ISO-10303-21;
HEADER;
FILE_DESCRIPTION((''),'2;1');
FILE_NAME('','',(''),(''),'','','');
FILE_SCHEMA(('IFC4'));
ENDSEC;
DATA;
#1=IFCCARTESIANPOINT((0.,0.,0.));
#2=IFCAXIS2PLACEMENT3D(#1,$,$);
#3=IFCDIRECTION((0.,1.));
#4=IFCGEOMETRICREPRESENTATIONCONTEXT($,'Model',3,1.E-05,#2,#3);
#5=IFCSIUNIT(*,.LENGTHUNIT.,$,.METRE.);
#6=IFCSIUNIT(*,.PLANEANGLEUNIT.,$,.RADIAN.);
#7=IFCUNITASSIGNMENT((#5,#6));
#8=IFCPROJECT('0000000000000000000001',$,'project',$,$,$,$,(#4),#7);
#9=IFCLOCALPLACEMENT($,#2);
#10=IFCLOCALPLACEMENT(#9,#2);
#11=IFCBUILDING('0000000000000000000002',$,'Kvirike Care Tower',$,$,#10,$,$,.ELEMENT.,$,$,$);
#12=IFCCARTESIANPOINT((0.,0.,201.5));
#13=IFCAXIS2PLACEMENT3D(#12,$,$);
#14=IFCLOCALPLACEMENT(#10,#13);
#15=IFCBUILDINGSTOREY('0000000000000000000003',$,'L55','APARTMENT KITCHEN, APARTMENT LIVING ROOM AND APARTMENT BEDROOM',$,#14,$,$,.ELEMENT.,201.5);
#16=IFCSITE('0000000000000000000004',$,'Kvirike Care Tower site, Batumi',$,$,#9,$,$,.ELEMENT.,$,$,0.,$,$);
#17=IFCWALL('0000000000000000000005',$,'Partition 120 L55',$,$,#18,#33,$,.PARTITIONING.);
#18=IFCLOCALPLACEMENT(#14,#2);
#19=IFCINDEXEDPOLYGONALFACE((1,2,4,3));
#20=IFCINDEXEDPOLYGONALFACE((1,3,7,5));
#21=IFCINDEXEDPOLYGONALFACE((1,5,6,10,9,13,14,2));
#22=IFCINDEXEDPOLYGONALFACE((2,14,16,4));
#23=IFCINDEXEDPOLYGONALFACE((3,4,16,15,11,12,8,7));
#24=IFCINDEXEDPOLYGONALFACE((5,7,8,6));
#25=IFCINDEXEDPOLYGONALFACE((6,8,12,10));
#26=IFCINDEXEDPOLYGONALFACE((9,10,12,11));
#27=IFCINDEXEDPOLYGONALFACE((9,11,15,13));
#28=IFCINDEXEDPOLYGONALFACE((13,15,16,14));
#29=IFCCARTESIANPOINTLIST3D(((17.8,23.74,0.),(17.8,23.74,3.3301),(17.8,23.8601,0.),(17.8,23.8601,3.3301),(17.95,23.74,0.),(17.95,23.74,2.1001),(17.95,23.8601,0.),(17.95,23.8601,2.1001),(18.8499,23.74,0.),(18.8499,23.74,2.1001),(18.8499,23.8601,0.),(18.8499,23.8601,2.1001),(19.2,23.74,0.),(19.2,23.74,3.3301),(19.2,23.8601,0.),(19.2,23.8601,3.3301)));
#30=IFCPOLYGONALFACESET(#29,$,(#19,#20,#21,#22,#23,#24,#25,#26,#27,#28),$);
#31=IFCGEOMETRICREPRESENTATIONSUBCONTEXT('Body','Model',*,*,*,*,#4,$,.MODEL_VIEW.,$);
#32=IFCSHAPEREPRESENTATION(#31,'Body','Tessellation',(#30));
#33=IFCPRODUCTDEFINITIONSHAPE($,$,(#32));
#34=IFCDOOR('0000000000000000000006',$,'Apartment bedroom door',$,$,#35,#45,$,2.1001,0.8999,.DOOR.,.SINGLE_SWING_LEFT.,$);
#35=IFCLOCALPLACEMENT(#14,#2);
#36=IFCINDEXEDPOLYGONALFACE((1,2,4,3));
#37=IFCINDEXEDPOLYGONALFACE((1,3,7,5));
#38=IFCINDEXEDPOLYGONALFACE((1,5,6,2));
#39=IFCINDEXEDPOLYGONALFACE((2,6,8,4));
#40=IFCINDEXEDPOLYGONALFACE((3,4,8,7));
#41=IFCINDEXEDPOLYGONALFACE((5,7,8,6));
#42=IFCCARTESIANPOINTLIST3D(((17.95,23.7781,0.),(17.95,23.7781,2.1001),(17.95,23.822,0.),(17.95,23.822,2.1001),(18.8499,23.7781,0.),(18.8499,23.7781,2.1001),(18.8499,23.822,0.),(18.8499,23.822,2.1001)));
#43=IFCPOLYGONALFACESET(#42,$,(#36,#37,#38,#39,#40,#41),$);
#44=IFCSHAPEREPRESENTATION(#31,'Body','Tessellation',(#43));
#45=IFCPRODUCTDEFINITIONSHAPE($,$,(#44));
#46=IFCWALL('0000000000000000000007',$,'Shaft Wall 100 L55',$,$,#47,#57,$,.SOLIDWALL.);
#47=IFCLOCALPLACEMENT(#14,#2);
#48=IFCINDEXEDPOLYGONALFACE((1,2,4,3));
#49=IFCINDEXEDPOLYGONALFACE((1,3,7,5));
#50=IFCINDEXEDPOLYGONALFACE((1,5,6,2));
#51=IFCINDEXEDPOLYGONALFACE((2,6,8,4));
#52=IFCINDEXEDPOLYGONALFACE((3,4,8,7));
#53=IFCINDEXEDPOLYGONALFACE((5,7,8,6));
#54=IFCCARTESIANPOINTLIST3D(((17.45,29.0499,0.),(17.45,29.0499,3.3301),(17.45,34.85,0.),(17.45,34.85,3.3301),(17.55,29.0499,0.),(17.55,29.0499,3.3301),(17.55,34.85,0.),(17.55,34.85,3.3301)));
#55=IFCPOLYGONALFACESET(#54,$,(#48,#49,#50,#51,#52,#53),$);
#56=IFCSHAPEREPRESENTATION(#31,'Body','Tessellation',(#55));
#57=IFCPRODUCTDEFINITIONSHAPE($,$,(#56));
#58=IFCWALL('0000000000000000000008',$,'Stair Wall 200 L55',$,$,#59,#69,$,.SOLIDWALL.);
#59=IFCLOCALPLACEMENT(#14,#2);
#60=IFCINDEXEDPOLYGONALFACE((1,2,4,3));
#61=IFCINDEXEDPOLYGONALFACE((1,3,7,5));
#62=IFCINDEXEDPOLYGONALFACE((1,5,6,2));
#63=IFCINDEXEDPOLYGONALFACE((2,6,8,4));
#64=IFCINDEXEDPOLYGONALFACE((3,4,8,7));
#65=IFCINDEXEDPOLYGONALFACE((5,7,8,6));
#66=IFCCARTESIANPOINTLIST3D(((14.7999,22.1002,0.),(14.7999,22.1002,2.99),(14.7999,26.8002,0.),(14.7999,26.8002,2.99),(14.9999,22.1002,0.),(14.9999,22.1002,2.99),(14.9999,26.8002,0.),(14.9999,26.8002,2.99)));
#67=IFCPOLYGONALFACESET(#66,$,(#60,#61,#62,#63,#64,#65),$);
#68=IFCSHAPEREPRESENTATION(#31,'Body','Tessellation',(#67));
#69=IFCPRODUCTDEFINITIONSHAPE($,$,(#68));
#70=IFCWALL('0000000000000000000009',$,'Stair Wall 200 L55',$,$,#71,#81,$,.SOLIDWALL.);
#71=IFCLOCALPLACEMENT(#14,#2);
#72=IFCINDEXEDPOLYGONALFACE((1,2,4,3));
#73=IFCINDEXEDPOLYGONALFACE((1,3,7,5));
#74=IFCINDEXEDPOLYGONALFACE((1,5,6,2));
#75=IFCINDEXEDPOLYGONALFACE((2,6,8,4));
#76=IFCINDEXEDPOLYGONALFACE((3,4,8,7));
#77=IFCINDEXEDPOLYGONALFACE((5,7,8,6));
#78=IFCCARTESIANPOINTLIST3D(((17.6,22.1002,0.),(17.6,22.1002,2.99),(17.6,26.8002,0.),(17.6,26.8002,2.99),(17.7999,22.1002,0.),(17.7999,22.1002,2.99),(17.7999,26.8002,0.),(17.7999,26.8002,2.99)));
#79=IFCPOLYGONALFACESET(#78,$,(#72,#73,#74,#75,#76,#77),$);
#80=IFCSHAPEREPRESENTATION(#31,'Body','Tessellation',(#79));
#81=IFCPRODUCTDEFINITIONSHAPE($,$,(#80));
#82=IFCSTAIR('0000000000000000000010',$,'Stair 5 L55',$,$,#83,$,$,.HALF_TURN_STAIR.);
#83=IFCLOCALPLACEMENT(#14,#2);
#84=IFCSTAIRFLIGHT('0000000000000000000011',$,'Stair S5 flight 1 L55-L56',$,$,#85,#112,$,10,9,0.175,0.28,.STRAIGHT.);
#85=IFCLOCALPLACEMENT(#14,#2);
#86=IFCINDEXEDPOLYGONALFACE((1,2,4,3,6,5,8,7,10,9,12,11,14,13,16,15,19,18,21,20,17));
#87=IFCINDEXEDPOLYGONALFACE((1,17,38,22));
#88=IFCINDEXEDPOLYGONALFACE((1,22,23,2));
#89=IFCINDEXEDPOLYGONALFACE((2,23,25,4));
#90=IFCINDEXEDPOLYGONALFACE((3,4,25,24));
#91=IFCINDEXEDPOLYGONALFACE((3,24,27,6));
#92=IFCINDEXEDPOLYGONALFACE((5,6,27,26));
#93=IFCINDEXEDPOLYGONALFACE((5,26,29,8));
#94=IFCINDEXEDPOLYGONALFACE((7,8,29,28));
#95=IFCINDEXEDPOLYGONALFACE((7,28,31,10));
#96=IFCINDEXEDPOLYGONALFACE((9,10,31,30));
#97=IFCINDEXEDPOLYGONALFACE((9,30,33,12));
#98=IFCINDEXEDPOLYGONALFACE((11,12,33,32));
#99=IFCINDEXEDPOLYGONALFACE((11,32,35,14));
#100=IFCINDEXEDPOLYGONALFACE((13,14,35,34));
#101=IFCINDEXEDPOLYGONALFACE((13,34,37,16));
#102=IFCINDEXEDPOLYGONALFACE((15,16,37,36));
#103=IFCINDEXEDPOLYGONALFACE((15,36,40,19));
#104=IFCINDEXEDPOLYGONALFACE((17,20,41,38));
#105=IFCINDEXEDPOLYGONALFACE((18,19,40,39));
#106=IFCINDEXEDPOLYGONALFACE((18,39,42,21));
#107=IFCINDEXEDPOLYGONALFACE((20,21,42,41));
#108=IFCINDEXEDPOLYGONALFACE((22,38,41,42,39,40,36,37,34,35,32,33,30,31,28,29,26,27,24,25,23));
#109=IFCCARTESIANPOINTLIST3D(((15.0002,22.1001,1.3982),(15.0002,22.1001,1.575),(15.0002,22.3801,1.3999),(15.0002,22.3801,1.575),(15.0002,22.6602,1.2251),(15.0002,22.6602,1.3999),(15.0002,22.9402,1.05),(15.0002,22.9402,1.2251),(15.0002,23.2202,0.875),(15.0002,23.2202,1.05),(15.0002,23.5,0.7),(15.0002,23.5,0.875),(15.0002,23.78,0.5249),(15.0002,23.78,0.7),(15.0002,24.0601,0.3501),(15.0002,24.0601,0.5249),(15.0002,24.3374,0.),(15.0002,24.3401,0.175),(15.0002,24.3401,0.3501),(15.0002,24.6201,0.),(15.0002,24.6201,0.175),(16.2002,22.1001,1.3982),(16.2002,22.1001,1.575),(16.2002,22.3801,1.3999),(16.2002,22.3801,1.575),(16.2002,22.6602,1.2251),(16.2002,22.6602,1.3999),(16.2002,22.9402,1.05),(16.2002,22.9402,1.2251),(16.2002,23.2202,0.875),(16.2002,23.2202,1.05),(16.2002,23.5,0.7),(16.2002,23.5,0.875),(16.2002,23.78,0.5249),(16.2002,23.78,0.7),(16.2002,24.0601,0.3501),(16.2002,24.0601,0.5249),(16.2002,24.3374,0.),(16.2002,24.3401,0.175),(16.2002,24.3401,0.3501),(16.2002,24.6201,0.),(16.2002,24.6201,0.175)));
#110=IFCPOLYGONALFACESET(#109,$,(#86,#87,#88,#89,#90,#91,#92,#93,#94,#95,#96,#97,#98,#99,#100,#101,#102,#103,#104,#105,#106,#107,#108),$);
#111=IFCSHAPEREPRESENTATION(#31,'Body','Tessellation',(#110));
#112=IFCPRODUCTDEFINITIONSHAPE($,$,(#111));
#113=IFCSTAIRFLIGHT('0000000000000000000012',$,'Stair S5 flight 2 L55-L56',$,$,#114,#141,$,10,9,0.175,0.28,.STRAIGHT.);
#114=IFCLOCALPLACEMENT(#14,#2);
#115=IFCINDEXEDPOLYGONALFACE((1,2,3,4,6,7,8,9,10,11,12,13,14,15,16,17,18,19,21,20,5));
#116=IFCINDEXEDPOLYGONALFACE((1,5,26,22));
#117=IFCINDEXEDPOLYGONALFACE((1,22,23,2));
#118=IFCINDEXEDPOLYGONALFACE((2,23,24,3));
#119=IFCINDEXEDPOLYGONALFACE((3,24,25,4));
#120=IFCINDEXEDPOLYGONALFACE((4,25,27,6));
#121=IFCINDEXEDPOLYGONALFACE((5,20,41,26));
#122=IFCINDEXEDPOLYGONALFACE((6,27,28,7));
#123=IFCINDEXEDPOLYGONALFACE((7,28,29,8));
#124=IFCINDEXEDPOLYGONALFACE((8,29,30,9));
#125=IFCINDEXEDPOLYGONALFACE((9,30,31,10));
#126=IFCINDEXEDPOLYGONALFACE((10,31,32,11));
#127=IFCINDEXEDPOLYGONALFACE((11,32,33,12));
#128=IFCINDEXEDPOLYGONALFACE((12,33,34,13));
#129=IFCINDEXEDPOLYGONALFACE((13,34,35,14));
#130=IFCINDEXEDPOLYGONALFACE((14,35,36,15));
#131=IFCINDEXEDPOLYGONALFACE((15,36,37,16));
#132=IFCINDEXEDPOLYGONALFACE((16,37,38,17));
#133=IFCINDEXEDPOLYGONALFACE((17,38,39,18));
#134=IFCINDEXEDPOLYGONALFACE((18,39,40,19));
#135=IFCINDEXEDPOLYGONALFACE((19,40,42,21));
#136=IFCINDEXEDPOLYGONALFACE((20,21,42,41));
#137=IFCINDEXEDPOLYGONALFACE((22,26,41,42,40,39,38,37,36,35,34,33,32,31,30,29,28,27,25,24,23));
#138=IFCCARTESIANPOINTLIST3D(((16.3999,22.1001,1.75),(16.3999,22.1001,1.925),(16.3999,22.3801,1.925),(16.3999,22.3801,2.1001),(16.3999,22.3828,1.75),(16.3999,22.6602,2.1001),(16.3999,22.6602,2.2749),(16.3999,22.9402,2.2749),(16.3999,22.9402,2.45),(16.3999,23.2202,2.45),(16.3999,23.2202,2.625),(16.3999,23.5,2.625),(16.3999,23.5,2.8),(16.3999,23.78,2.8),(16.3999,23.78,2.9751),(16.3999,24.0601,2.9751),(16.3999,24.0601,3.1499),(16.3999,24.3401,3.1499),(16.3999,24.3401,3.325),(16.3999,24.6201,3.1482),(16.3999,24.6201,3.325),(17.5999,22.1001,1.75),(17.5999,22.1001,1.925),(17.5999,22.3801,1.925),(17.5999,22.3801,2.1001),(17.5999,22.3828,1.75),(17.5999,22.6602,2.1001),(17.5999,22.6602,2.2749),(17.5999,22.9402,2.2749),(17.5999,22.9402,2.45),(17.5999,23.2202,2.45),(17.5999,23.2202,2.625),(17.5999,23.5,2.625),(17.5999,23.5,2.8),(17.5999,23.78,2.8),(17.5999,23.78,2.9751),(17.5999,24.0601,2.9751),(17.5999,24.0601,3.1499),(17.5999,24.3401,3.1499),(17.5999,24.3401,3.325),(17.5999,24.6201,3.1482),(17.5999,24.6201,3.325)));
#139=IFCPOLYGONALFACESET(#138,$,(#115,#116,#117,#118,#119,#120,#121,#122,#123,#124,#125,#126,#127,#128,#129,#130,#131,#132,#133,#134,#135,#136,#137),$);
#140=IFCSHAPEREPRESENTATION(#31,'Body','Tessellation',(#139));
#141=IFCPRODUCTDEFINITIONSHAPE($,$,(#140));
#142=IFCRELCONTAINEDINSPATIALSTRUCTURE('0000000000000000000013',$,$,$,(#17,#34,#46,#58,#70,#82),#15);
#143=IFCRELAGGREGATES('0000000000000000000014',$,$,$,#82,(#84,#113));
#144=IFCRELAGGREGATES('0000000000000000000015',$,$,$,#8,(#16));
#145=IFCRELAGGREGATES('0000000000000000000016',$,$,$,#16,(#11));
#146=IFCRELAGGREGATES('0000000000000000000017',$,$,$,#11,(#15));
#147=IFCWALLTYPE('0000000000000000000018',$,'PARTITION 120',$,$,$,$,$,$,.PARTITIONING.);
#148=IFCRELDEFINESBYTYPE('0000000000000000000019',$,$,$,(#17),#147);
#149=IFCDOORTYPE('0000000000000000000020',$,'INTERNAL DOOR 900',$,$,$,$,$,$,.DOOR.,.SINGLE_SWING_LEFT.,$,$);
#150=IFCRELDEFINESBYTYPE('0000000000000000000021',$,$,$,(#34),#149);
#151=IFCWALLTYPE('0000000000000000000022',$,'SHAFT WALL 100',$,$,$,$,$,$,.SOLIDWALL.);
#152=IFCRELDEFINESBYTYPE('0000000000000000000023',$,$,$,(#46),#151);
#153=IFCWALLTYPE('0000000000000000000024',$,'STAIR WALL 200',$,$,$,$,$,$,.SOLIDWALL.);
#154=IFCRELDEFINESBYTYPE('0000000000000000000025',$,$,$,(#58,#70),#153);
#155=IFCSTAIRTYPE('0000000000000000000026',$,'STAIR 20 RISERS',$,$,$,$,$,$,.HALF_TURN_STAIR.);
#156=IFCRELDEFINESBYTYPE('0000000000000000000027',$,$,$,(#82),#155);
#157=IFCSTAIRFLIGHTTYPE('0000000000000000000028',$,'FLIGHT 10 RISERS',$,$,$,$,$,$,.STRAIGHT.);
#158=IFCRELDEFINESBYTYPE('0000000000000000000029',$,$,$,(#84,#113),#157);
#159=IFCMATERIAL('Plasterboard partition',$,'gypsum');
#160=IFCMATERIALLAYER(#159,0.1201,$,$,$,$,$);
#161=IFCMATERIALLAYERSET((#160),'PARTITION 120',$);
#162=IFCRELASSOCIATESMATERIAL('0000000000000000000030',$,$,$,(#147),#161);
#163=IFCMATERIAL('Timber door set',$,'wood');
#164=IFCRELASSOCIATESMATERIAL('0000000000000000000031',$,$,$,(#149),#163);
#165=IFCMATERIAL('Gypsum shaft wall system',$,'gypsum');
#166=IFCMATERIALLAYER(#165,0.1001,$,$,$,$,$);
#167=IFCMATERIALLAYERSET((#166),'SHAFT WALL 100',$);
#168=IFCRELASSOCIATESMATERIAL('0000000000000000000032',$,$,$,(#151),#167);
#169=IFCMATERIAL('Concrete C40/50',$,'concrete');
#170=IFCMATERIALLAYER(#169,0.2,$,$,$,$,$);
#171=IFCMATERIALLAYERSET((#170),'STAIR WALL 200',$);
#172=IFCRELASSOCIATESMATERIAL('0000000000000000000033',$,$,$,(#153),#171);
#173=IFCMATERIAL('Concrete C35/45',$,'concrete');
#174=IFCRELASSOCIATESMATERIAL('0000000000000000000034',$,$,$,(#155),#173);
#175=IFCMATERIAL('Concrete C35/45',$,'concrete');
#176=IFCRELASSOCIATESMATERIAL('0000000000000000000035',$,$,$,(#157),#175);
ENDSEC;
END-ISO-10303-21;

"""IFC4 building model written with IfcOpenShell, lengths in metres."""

from ifc_helpers import new_model, si_unit, direction, frame, frame_2d, origin, place, context, subcontext, project, spatial, polyline, rectangle, outline, extrude, material, layer, layer_set, type_object, element, fill, aggregate, save


model = new_model("IFC4")

# Units and contexts
model_context = context("Model", 3, precision=1e-05, world=origin(), true_north=direction((0.0, 1.0)))
body_context = subcontext(model_context, "Body", "Model", "MODEL_VIEW")
ifc_project = project(units=[si_unit("LENGTHUNIT", "METRE"), si_unit("PLANEANGLEUNIT", "RADIAN")], contexts=[model_context])

# Site, building, storey
site_placement = place(None, origin())
site = spatial("IfcSite", under=ifc_project, at=site_placement, Name="Kvirike Care Tower site, Batumi", CompositionType="ELEMENT", RefElevation=0.0)
building_placement = place(site_placement, origin())
building = spatial("IfcBuilding", under=site, at=building_placement, Name="Kvirike Care Tower", CompositionType="ELEMENT")
storey_placement = place(building_placement, frame((0.0, 0.0, 201.5)))
storey = spatial("IfcBuildingStorey", under=building, at=storey_placement, Name="L55", Description="APARTMENT KITCHEN, APARTMENT LIVING ROOM AND APARTMENT BEDROOM", CompositionType="ELEMENT", Elevation=201.5)

# Wall, opening, door
ifc_material_1 = material(Name="Plasterboard partition", Category="gypsum")
ifc_layer_1 = layer(ifc_material_1, 0.1201)
ifc_layer_set_1 = layer_set([ifc_layer_1], Name="PARTITION 120")
wall_type_1 = type_object("IfcWallType", Name="PARTITION 120", PredefinedType="PARTITIONING", material=ifc_layer_set_1)
wall_1_placement = place(storey_placement, frame((17.8, 23.8, 0.0), z_axis=(0.0, 0.0, 1.0), x_axis=(1.0, 0.0, 0.0)))
wall_1 = element("IfcWall", 1, at=wall_1_placement, inside=storey, type_object=wall_type_1, Name="Partition 120 L55", PredefinedType="PARTITIONING", context=body_context, shape_type="SweptSolid", body=[
    extrude(rectangle(XDim=1.3999, YDim=0.1201, at=frame_2d((0.7, 0.0))), origin(), (0.0, 0.0, 1.0), 3.3301),
])
opening_1_placement = place(wall_1_placement, frame((0.1499, 0.0, 0.0)))
opening_1 = element("IfcOpeningElement", 2, at=opening_1_placement, cuts=wall_1, PredefinedType="OPENING", context=body_context, shape_type="SweptSolid", body=[
    extrude(rectangle(XDim=0.8999, YDim=2.1001, at=frame_2d((0.45, 1.05))), frame((0.0, 0.0706, 0.0), z_axis=(0.0, -1.0, 0.0), x_axis=(1.0, 0.0, 0.0)), (0.0, 0.0, 1.0), 0.1411),
])
ifc_material_2 = material(Name="Timber door set", Category="wood")
door_type_1 = type_object("IfcDoorType", Name="INTERNAL DOOR 900", OperationType="SINGLE_SWING_LEFT", PredefinedType="DOOR", material=ifc_material_2)
door_1_placement = place(opening_1_placement, frame((0.8999, 0.0, 0.0), z_axis=(0.0, 0.0, 1.0), x_axis=(-1.0, 0.0, 0.0)))
door_1 = element("IfcDoor", 3, at=door_1_placement, inside=storey, type_object=door_type_1, Name="Apartment bedroom door", OperationType="SINGLE_SWING_LEFT", OverallHeight=2.1001, OverallWidth=0.8999, PredefinedType="DOOR", context=body_context, shape_type="SweptSolid", body=[
    extrude(rectangle(XDim=0.8999, YDim=2.1001, at=frame_2d((0.45, 1.05))), frame((0.0, 0.022, 0.0), z_axis=(0.0, -1.0, 0.0), x_axis=(1.0, 0.0, 0.0)), (0.0, 0.0, 1.0), 0.0439),
])
fill(opening_1, door_1)

# Walls
ifc_material_3 = material(Name="Gypsum shaft wall system", Category="gypsum")
ifc_layer_2 = layer(ifc_material_3, 0.1001)
ifc_layer_set_2 = layer_set([ifc_layer_2], Name="SHAFT WALL 100")
wall_type_2 = type_object("IfcWallType", Name="SHAFT WALL 100", PredefinedType="SOLIDWALL", material=ifc_layer_set_2)
wall_2_placement = place(storey_placement, frame((17.5, 29.05, 0.0), z_axis=(0.0, 0.0, 1.0), x_axis=(0.0, 1.0, 0.0)))
element("IfcWall", 4, at=wall_2_placement, inside=storey, type_object=wall_type_2, Name="Shaft Wall 100 L55", PredefinedType="SOLIDWALL", context=body_context, shape_type="SweptSolid", body=[
    extrude(rectangle(XDim=5.8, YDim=0.1001, at=frame_2d((2.8999, 0.0))), origin(), (0.0, 0.0, 1.0), 3.3301),
])
ifc_material_4 = material(Name="Concrete C40/50", Category="concrete")
ifc_layer_3 = layer(ifc_material_4, 0.2)
ifc_layer_set_3 = layer_set([ifc_layer_3], Name="STAIR WALL 200")
wall_type_3 = type_object("IfcWallType", Name="STAIR WALL 200", PredefinedType="SOLIDWALL", material=ifc_layer_set_3)
for number, where, z_axis, x_axis, name in (
    (5, (14.8999, 22.1001, 0.0), (0.0, 0.0, 1.0), (0.0, 1.0, 0.0), "Stair Wall 200 L55"),
    (6, (17.7, 22.1001, 0.0), (0.0, 0.0, 1.0), (0.0, 1.0, 0.0), "Stair Wall 200 L55"),
):
    element("IfcWall", number, at=place(storey_placement, frame(where, z_axis=z_axis, x_axis=x_axis)), inside=storey, type_object=wall_type_3, Name=name, PredefinedType="SOLIDWALL", context=body_context, shape_type="SweptSolid", body=[
        extrude(rectangle(XDim=4.7, YDim=0.2, at=frame_2d((2.3501, 0.0))), origin(), (0.0, 0.0, 1.0), 2.99),
    ])

# Stair, stair flights
ifc_material_5 = material(Name="Concrete C35/45", Category="concrete")
stair_type = type_object("IfcStairType", Name="STAIR 20 RISERS", PredefinedType="HALF_TURN_STAIR", material=ifc_material_5)
stair_placement = place(storey_placement, origin())
stair = element("IfcStair", 7, at=stair_placement, inside=storey, type_object=stair_type, Name="Stair 5 L55", PredefinedType="HALF_TURN_STAIR")
ifc_material_6 = material(Name="Concrete C35/45", Category="concrete")
stair_flight_type = type_object("IfcStairFlightType", Name="FLIGHT 10 RISERS", PredefinedType="STRAIGHT", material=ifc_material_6)
stair_flight_1_placement = place(storey_placement, frame((15.6001, 24.6201, 0.0), z_axis=(0.0, 0.0, 1.0), x_axis=(0.0, -1.0, 0.0)))
stair_flight_1 = element("IfcStairFlight", 8, at=stair_flight_1_placement, type_object=stair_flight_type, Name="Stair S5 flight 1 L55-L56", NumberOfRisers=10, NumberOfTreads=9, PredefinedType="STRAIGHT", RiserHeight=0.175, TreadLength=0.28, context=body_context, shape_type="SweptSolid", body=[
    extrude(outline(polyline([(0.0, 0.0), (0.0, 0.175), (0.28, 0.175), (0.28, 0.3501), (0.5601, 0.3501), (0.5601, 0.5249), (0.8401, 0.5249), (0.8401, 0.7), (1.1201, 0.7), (1.1201, 0.875), (1.3999, 0.875), (1.3999, 1.05), (1.6799, 1.05), (1.6799, 1.2251), (1.96, 1.2251), (1.96, 1.3999), (2.24, 1.3999), (2.24, 1.575), (2.52, 1.575), (2.52, 1.75), (2.52, 1.3982), (0.2827, 0.0), (0.0, 0.0)])), frame((0.0, 0.6001, 0.0), z_axis=(0.0, -1.0, 0.0), x_axis=(1.0, 0.0, 0.0)), (0.0, 0.0, 1.0), 1.2),
])
stair_flight_2_placement = place(storey_placement, frame((17.0, 22.1001, 1.75), z_axis=(0.0, 0.0, 1.0), x_axis=(0.0, 1.0, 0.0)))
stair_flight_2 = element("IfcStairFlight", 9, at=stair_flight_2_placement, type_object=stair_flight_type, Name="Stair S5 flight 2 L55-L56", NumberOfRisers=10, NumberOfTreads=9, PredefinedType="STRAIGHT", RiserHeight=0.175, TreadLength=0.28, context=body_context, shape_type="SweptSolid", body=[
    extrude(outline(polyline([(0.0, 0.0), (0.0, 0.175), (0.28, 0.175), (0.28, 0.3501), (0.5601, 0.3501), (0.5601, 0.5249), (0.8401, 0.5249), (0.8401, 0.7), (1.1201, 0.7), (1.1201, 0.875), (1.3999, 0.875), (1.3999, 1.05), (1.6799, 1.05), (1.6799, 1.2251), (1.96, 1.2251), (1.96, 1.3999), (2.24, 1.3999), (2.24, 1.575), (2.52, 1.575), (2.52, 1.75), (2.52, 1.3982), (0.2827, 0.0), (0.0, 0.0)])), frame((0.0, 0.6001, 0.0), z_axis=(0.0, -1.0, 0.0), x_axis=(1.0, 0.0, 0.0)), (0.0, 0.0, 1.0), 1.2),
])
aggregate(stair, [stair_flight_1, stair_flight_2])

save(model, "model.ifc")
